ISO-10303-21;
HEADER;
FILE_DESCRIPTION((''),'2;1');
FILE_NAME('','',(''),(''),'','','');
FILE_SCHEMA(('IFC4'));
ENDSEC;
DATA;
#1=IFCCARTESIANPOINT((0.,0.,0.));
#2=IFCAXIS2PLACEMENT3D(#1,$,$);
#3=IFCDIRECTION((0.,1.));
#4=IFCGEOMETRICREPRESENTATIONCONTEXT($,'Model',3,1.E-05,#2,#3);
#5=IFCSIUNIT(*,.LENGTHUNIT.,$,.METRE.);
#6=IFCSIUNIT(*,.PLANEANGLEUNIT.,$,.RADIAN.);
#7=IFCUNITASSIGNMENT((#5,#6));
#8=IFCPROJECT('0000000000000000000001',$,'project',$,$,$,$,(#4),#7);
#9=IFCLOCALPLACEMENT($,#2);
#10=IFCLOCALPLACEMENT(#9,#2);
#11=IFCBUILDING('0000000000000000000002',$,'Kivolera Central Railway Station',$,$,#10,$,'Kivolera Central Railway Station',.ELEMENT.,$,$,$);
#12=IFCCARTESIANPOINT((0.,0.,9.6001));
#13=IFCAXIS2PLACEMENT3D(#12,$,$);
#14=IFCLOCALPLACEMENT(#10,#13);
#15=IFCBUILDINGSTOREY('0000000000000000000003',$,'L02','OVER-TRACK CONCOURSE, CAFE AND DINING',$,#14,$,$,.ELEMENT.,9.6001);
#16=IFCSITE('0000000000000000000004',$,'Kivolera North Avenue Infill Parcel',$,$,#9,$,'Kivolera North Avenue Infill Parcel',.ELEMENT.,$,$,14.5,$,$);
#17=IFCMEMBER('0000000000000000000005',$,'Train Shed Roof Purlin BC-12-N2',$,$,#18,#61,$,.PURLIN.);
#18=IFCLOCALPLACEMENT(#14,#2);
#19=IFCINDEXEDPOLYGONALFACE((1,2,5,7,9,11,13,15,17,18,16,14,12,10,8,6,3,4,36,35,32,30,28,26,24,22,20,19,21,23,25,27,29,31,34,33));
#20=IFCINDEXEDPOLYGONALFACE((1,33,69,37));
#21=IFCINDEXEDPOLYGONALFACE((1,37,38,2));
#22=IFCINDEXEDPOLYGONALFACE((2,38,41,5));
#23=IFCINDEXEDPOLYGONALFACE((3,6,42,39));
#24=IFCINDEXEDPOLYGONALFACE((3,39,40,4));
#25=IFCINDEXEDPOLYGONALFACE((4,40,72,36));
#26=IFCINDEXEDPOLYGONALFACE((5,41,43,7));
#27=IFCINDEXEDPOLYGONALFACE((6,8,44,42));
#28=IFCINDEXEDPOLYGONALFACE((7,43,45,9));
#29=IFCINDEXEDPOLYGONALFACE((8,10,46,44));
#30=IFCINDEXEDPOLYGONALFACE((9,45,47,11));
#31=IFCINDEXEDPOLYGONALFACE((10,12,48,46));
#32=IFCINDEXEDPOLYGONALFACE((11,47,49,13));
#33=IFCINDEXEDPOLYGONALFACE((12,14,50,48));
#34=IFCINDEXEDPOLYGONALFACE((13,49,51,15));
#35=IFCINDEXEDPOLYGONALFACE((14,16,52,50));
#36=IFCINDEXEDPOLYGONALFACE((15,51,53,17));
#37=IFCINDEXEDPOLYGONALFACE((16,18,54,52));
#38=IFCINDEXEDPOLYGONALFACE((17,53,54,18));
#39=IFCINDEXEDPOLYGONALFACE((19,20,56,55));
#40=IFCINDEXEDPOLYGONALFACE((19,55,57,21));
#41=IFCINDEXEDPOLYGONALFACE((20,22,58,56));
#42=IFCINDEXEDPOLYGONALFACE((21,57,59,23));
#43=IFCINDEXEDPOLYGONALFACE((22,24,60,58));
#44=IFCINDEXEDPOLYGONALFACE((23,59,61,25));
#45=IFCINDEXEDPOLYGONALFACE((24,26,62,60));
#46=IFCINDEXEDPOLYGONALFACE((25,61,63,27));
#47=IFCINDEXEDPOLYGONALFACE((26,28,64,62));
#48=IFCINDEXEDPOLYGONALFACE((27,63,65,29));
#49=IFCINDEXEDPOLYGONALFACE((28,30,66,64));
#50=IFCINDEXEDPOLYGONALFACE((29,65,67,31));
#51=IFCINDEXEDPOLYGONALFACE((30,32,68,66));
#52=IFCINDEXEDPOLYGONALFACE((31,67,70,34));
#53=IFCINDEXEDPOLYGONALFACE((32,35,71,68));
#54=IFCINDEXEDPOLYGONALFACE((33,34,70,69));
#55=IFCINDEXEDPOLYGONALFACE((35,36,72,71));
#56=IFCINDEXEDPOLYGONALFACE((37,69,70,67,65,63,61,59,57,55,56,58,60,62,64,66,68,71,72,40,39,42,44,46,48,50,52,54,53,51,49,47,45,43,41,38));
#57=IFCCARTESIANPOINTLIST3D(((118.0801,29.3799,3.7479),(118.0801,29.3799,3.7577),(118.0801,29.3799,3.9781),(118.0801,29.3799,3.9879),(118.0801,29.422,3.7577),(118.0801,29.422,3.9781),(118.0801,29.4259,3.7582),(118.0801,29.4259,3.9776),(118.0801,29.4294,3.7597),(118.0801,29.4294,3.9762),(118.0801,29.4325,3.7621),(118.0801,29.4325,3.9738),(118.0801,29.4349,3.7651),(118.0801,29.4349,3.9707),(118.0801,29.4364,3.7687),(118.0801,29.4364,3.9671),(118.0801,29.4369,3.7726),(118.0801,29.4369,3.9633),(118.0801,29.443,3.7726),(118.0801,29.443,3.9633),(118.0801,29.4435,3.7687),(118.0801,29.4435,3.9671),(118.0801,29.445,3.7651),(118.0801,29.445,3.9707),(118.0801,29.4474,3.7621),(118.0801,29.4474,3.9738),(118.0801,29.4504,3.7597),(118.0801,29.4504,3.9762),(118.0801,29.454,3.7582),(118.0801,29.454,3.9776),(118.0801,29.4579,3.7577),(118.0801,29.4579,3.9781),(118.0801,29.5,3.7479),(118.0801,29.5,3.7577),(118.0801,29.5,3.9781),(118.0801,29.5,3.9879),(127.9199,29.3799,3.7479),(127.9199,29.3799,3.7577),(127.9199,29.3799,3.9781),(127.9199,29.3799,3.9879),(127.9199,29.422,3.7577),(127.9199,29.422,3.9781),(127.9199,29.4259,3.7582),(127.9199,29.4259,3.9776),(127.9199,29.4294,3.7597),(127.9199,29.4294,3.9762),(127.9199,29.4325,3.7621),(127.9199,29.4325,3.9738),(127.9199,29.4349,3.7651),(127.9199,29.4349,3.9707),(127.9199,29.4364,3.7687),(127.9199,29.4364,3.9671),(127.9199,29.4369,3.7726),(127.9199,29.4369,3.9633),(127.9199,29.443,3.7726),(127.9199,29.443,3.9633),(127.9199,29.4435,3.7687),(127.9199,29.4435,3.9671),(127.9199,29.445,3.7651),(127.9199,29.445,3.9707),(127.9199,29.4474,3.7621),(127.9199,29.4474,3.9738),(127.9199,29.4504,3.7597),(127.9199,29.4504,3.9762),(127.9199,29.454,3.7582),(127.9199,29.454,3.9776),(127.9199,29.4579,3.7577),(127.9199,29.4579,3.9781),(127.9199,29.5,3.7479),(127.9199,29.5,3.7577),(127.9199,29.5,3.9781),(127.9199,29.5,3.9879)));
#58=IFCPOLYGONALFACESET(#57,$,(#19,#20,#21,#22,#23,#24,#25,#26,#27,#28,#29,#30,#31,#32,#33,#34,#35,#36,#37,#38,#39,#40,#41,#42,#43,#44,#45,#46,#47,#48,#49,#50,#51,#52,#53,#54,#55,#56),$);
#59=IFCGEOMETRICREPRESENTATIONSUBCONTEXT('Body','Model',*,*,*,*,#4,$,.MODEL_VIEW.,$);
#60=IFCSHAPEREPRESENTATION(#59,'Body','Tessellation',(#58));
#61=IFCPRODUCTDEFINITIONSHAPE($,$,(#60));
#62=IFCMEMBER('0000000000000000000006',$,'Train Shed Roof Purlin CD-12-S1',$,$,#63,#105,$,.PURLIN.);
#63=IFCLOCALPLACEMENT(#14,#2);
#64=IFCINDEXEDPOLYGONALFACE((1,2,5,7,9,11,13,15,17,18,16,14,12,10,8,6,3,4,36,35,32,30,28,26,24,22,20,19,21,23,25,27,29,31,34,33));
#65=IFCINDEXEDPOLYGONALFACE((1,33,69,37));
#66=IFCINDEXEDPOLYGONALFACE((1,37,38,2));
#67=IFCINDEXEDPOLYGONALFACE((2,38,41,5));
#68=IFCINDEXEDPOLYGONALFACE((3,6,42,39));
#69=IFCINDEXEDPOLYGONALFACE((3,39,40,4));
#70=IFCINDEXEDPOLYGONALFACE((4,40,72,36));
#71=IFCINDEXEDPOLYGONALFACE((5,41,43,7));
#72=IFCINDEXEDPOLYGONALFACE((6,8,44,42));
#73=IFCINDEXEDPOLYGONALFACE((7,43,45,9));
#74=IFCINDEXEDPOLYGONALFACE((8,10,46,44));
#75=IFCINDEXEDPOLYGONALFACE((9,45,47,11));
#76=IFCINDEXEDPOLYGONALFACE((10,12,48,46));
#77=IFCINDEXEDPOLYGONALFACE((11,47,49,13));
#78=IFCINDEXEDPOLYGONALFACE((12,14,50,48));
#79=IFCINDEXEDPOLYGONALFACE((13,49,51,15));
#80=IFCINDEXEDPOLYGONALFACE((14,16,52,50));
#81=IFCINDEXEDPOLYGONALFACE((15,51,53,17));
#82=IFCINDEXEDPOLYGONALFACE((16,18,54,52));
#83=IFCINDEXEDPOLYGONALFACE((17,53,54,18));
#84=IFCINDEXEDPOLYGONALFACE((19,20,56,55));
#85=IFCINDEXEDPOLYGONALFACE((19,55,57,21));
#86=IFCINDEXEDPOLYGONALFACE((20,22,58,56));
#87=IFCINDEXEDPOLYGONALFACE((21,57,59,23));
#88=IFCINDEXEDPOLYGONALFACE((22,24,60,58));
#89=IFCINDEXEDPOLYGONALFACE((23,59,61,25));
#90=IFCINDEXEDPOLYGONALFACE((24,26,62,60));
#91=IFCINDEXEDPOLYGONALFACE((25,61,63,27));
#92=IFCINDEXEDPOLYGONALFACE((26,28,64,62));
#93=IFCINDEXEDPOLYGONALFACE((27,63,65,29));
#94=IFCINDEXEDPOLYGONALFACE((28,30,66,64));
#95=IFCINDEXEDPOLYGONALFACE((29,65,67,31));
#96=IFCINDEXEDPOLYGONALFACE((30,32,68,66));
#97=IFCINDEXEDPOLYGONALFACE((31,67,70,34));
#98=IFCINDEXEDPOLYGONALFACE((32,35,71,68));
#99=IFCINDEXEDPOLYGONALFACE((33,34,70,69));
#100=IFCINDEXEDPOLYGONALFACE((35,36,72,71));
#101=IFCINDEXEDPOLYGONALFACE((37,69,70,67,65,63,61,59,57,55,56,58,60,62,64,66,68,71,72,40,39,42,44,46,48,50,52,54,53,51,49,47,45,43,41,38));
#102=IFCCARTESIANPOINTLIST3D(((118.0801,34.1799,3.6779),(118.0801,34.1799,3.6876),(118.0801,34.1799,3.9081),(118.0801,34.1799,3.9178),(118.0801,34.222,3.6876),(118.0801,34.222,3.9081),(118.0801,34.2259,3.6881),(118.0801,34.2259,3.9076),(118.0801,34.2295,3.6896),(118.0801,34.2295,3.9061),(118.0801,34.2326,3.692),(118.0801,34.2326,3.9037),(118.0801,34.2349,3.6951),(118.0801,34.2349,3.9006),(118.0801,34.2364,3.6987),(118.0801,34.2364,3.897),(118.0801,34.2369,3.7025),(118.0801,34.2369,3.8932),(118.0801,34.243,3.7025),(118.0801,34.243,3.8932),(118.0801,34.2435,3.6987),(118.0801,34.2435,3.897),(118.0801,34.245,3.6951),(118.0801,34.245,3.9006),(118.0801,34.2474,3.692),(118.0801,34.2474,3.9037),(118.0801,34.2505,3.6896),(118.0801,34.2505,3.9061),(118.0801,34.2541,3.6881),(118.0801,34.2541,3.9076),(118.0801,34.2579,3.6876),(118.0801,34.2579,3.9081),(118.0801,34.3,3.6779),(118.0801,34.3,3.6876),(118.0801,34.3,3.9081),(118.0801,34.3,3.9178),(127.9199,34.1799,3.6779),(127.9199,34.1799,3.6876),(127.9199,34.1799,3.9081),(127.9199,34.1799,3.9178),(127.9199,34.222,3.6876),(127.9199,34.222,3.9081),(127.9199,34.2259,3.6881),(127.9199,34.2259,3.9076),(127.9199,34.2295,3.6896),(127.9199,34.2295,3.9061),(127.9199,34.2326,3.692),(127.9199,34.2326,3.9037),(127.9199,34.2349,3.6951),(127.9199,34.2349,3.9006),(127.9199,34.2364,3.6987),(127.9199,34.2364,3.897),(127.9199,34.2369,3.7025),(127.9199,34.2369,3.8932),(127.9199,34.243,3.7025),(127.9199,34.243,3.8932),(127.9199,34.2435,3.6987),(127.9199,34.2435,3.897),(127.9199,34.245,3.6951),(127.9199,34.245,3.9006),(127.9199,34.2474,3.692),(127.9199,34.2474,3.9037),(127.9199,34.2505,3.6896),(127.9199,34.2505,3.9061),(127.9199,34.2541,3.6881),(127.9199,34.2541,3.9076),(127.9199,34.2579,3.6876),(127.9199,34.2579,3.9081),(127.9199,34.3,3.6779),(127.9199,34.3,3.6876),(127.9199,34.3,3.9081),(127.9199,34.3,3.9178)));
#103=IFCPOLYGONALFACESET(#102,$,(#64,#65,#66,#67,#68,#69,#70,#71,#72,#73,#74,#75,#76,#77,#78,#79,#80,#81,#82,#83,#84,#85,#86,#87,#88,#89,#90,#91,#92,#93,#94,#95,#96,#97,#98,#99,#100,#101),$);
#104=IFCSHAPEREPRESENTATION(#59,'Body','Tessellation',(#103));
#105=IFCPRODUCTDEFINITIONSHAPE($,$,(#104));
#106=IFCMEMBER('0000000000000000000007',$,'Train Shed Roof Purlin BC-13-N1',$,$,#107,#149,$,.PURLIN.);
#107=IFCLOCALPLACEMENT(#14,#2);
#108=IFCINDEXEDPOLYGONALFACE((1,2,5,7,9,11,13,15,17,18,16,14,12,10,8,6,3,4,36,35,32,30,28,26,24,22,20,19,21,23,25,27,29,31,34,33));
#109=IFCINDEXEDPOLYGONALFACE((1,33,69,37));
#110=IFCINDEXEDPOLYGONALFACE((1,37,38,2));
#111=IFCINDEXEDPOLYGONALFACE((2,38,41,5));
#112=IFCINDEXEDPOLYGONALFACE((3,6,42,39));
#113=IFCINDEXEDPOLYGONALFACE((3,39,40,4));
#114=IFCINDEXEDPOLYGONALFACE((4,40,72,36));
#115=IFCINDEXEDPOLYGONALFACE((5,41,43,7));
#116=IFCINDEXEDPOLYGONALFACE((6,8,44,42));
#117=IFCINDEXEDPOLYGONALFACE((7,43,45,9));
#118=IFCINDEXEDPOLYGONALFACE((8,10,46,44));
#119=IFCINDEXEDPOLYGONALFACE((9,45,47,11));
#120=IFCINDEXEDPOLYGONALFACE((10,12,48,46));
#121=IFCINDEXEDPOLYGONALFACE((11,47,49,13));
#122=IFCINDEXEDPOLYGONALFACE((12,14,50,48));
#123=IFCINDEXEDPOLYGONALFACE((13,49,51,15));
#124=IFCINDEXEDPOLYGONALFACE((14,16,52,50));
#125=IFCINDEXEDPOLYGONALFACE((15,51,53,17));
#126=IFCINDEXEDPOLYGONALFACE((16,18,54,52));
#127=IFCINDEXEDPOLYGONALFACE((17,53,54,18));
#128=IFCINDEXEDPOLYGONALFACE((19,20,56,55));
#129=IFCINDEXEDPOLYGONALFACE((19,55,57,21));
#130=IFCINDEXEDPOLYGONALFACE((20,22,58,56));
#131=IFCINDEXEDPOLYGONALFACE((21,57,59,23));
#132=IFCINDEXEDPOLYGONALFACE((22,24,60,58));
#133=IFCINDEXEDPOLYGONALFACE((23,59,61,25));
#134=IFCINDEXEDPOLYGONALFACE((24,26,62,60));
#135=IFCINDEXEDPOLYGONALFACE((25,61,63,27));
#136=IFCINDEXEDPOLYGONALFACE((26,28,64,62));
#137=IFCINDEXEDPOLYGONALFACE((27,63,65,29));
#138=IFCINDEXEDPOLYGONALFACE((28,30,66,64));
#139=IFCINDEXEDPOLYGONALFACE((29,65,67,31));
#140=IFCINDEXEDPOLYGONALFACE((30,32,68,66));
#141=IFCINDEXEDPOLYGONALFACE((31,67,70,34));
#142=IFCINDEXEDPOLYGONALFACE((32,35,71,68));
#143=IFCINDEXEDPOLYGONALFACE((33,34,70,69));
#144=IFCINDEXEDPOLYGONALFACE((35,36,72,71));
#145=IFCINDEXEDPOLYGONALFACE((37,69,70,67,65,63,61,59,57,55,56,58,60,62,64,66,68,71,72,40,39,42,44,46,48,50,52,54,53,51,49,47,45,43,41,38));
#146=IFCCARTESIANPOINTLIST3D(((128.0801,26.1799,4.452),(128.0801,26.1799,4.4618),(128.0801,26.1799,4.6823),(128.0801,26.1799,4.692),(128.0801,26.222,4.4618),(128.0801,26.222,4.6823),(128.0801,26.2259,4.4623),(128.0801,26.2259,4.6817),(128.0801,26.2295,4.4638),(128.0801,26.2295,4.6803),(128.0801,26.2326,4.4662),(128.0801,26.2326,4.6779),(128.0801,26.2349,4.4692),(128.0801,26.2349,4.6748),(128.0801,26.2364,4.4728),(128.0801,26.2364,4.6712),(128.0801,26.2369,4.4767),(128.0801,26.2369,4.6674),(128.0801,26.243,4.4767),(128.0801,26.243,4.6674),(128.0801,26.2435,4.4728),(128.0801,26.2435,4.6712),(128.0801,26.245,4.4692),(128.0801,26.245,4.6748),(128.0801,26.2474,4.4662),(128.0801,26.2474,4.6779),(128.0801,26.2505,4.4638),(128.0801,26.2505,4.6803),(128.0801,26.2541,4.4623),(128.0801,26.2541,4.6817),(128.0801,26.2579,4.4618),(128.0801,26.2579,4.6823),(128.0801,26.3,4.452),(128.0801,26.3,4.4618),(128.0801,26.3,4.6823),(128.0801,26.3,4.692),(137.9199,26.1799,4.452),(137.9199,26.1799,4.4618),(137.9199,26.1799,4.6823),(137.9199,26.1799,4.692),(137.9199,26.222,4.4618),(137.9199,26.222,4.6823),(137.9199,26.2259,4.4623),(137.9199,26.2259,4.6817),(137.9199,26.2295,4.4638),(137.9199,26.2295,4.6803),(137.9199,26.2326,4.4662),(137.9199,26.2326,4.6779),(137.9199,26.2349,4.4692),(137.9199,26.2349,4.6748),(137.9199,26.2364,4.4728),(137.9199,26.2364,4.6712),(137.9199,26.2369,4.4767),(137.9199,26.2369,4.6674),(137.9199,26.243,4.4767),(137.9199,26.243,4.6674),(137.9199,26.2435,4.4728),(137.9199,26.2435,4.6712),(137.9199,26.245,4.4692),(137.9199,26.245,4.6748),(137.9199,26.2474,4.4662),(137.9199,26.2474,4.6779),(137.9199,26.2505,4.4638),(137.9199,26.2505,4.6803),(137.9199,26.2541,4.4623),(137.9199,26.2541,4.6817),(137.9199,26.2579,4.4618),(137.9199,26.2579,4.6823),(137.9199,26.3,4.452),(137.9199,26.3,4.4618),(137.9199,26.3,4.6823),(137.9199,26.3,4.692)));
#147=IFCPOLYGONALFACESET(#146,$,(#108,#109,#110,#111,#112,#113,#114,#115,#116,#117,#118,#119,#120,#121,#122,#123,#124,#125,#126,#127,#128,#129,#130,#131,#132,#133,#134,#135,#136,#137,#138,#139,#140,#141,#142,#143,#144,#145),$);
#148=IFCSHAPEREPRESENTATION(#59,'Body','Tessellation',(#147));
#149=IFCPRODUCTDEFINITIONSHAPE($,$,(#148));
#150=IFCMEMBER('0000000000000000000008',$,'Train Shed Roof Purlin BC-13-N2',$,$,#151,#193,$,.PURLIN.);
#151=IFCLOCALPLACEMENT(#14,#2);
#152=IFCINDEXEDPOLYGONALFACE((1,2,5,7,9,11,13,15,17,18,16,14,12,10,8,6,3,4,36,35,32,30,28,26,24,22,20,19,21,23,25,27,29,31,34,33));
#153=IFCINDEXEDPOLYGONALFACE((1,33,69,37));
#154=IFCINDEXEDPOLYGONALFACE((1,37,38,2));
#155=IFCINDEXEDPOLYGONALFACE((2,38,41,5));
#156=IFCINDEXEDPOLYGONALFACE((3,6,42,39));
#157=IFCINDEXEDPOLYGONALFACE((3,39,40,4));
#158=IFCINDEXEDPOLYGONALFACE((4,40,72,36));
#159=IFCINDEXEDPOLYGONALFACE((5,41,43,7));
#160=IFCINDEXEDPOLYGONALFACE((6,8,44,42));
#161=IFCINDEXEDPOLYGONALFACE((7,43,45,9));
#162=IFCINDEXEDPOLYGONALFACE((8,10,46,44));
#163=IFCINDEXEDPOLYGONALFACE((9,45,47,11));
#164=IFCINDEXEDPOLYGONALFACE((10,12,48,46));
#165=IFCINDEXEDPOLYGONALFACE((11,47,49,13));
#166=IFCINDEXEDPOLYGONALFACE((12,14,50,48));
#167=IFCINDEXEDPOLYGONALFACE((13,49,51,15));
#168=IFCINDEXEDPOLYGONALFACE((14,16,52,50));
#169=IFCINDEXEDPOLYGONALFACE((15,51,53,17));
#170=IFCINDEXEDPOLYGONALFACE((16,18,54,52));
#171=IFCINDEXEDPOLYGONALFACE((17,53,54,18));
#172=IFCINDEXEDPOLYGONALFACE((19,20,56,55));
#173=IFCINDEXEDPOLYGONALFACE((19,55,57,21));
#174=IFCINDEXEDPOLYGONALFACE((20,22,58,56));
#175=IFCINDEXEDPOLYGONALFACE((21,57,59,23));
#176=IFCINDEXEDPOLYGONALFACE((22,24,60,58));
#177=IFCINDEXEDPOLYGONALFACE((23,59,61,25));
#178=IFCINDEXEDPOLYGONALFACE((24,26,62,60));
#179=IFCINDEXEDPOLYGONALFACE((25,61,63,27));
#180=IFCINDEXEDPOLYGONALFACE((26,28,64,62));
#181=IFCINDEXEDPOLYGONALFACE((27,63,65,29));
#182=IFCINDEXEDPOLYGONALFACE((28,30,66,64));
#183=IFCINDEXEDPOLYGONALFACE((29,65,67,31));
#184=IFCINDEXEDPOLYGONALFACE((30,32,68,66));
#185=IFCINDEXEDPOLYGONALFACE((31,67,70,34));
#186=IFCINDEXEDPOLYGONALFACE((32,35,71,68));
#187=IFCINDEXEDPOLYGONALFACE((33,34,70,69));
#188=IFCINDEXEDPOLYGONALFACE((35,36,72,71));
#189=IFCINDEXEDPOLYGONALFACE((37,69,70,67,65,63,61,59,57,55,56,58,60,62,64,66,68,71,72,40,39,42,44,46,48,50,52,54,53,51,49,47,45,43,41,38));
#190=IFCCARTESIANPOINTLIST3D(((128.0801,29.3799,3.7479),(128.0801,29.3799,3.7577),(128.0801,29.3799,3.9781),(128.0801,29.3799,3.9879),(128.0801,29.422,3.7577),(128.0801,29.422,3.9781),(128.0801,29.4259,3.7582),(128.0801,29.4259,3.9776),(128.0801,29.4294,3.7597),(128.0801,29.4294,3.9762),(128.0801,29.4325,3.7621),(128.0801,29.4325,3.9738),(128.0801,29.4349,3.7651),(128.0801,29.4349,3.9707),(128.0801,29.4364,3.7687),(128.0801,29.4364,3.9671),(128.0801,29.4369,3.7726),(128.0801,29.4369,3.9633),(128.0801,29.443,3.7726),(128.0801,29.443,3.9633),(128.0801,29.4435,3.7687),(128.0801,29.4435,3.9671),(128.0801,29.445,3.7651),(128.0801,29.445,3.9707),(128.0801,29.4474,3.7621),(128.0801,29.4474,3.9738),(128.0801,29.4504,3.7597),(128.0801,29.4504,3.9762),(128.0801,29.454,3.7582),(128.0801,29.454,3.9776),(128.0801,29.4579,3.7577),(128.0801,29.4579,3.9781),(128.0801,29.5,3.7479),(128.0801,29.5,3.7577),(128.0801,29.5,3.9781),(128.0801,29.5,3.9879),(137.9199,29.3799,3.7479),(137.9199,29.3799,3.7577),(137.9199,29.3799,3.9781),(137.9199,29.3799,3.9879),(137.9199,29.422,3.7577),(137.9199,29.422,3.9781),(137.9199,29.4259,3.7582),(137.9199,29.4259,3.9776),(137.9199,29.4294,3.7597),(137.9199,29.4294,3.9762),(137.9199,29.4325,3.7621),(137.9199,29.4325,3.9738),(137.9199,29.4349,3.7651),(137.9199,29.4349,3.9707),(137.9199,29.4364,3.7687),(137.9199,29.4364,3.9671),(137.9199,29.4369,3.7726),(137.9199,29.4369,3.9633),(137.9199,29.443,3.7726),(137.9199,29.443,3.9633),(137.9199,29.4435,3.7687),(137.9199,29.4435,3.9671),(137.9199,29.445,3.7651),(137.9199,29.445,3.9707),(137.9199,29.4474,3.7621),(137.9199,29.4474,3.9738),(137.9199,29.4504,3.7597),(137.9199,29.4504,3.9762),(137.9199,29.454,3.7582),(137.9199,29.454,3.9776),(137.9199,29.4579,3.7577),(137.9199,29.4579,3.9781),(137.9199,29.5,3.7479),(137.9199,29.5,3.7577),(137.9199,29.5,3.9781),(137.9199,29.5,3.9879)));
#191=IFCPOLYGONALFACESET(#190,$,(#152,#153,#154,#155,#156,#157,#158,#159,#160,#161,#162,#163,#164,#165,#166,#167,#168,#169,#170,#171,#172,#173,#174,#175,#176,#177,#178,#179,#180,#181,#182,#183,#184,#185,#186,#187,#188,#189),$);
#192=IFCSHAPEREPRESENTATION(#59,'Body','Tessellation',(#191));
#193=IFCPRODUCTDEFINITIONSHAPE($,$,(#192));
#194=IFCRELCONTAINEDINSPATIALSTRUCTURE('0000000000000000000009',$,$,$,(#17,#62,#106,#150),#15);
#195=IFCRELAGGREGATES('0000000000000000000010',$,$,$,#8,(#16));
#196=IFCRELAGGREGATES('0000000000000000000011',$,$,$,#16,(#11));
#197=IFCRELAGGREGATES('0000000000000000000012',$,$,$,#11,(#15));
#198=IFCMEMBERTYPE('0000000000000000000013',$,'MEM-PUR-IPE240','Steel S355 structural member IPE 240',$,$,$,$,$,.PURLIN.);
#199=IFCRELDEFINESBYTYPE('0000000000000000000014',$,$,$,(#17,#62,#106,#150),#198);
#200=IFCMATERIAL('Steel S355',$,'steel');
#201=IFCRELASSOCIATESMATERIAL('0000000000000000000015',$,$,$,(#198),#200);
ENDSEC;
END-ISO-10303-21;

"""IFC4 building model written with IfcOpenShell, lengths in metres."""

from ifc_helpers import new_model, si_unit, direction, frame, origin, origin_2d, place, context, subcontext, project, spatial, i_section, extrude, material, material_profile, profile_set, type_object, element, save


model = new_model("IFC4")

# Units and contexts
model_context = context("Model", 3, precision=1e-05, world=origin(), true_north=direction((0.0, 1.0)))
body_context = subcontext(model_context, "Body", "Model", "MODEL_VIEW")
ifc_project = project(units=[si_unit("LENGTHUNIT", "METRE"), si_unit("PLANEANGLEUNIT", "RADIAN")], contexts=[model_context])

# Site, building, storey
site_placement = place(None, origin())
site = spatial("IfcSite", under=ifc_project, at=site_placement, Name="Kivolera North Avenue Infill Parcel", LongName="Kivolera North Avenue Infill Parcel", CompositionType="ELEMENT", RefElevation=14.5)
building_placement = place(site_placement, origin())
building = spatial("IfcBuilding", under=site, at=building_placement, Name="Kivolera Central Railway Station", LongName="Kivolera Central Railway Station", CompositionType="ELEMENT")
storey_placement = place(building_placement, frame((0.0, 0.0, 9.6001)))
storey = spatial("IfcBuildingStorey", under=building, at=storey_placement, Name="L02", Description="OVER-TRACK CONCOURSE, CAFE AND DINING", CompositionType="ELEMENT", Elevation=9.6001)

# Shared definitions
ifc_material_1 = material(Name="Steel S355", Category="steel")

# Members
ifc_material_profile_1 = material_profile(ifc_material_1, i_section(OverallWidth=0.1201, OverallDepth=0.24, WebThickness=0.0061, FlangeThickness=0.0098, FilletRadius=0.0149, at=origin_2d()), Name="IPE 240")
ifc_profile_set_1 = profile_set([ifc_material_profile_1], Name="Steel S355")
member_type_1 = type_object("IfcMemberType", Name="MEM-PUR-IPE240", Description="Steel S355 structural member IPE 240", PredefinedType="PURLIN", material=ifc_profile_set_1)
for number, where, z_axis, x_axis, name in (
    (1, (118.0801, 29.4399, 3.8679), (1.0, 0.0, 0.0), (0.0, 1.0, 0.0), "Train Shed Roof Purlin BC-12-N2"),
    (2, (118.0801, 34.24, 3.7979), (1.0, 0.0, 0.0), (0.0, 1.0, 0.0), "Train Shed Roof Purlin CD-12-S1"),
    (3, (128.0801, 26.24, 4.572), (1.0, 0.0, 0.0), (0.0, 1.0, 0.0), "Train Shed Roof Purlin BC-13-N1"),
    (4, (128.0801, 29.4399, 3.8679), (1.0, 0.0, 0.0), (0.0, 1.0, 0.0), "Train Shed Roof Purlin BC-13-N2"),
):
    element("IfcMember", number, at=place(storey_placement, frame(where, z_axis=z_axis, x_axis=x_axis)), inside=storey, type_object=member_type_1, Name=name, PredefinedType="PURLIN", context=body_context, shape_type="SweptSolid", body=[
        extrude(i_section(OverallWidth=0.1201, OverallDepth=0.24, WebThickness=0.0061, FlangeThickness=0.0098, FilletRadius=0.0149, at=origin_2d()), origin(), (0.0, 0.0, 1.0), 9.8398),
    ])

save(model, "model.ifc")
